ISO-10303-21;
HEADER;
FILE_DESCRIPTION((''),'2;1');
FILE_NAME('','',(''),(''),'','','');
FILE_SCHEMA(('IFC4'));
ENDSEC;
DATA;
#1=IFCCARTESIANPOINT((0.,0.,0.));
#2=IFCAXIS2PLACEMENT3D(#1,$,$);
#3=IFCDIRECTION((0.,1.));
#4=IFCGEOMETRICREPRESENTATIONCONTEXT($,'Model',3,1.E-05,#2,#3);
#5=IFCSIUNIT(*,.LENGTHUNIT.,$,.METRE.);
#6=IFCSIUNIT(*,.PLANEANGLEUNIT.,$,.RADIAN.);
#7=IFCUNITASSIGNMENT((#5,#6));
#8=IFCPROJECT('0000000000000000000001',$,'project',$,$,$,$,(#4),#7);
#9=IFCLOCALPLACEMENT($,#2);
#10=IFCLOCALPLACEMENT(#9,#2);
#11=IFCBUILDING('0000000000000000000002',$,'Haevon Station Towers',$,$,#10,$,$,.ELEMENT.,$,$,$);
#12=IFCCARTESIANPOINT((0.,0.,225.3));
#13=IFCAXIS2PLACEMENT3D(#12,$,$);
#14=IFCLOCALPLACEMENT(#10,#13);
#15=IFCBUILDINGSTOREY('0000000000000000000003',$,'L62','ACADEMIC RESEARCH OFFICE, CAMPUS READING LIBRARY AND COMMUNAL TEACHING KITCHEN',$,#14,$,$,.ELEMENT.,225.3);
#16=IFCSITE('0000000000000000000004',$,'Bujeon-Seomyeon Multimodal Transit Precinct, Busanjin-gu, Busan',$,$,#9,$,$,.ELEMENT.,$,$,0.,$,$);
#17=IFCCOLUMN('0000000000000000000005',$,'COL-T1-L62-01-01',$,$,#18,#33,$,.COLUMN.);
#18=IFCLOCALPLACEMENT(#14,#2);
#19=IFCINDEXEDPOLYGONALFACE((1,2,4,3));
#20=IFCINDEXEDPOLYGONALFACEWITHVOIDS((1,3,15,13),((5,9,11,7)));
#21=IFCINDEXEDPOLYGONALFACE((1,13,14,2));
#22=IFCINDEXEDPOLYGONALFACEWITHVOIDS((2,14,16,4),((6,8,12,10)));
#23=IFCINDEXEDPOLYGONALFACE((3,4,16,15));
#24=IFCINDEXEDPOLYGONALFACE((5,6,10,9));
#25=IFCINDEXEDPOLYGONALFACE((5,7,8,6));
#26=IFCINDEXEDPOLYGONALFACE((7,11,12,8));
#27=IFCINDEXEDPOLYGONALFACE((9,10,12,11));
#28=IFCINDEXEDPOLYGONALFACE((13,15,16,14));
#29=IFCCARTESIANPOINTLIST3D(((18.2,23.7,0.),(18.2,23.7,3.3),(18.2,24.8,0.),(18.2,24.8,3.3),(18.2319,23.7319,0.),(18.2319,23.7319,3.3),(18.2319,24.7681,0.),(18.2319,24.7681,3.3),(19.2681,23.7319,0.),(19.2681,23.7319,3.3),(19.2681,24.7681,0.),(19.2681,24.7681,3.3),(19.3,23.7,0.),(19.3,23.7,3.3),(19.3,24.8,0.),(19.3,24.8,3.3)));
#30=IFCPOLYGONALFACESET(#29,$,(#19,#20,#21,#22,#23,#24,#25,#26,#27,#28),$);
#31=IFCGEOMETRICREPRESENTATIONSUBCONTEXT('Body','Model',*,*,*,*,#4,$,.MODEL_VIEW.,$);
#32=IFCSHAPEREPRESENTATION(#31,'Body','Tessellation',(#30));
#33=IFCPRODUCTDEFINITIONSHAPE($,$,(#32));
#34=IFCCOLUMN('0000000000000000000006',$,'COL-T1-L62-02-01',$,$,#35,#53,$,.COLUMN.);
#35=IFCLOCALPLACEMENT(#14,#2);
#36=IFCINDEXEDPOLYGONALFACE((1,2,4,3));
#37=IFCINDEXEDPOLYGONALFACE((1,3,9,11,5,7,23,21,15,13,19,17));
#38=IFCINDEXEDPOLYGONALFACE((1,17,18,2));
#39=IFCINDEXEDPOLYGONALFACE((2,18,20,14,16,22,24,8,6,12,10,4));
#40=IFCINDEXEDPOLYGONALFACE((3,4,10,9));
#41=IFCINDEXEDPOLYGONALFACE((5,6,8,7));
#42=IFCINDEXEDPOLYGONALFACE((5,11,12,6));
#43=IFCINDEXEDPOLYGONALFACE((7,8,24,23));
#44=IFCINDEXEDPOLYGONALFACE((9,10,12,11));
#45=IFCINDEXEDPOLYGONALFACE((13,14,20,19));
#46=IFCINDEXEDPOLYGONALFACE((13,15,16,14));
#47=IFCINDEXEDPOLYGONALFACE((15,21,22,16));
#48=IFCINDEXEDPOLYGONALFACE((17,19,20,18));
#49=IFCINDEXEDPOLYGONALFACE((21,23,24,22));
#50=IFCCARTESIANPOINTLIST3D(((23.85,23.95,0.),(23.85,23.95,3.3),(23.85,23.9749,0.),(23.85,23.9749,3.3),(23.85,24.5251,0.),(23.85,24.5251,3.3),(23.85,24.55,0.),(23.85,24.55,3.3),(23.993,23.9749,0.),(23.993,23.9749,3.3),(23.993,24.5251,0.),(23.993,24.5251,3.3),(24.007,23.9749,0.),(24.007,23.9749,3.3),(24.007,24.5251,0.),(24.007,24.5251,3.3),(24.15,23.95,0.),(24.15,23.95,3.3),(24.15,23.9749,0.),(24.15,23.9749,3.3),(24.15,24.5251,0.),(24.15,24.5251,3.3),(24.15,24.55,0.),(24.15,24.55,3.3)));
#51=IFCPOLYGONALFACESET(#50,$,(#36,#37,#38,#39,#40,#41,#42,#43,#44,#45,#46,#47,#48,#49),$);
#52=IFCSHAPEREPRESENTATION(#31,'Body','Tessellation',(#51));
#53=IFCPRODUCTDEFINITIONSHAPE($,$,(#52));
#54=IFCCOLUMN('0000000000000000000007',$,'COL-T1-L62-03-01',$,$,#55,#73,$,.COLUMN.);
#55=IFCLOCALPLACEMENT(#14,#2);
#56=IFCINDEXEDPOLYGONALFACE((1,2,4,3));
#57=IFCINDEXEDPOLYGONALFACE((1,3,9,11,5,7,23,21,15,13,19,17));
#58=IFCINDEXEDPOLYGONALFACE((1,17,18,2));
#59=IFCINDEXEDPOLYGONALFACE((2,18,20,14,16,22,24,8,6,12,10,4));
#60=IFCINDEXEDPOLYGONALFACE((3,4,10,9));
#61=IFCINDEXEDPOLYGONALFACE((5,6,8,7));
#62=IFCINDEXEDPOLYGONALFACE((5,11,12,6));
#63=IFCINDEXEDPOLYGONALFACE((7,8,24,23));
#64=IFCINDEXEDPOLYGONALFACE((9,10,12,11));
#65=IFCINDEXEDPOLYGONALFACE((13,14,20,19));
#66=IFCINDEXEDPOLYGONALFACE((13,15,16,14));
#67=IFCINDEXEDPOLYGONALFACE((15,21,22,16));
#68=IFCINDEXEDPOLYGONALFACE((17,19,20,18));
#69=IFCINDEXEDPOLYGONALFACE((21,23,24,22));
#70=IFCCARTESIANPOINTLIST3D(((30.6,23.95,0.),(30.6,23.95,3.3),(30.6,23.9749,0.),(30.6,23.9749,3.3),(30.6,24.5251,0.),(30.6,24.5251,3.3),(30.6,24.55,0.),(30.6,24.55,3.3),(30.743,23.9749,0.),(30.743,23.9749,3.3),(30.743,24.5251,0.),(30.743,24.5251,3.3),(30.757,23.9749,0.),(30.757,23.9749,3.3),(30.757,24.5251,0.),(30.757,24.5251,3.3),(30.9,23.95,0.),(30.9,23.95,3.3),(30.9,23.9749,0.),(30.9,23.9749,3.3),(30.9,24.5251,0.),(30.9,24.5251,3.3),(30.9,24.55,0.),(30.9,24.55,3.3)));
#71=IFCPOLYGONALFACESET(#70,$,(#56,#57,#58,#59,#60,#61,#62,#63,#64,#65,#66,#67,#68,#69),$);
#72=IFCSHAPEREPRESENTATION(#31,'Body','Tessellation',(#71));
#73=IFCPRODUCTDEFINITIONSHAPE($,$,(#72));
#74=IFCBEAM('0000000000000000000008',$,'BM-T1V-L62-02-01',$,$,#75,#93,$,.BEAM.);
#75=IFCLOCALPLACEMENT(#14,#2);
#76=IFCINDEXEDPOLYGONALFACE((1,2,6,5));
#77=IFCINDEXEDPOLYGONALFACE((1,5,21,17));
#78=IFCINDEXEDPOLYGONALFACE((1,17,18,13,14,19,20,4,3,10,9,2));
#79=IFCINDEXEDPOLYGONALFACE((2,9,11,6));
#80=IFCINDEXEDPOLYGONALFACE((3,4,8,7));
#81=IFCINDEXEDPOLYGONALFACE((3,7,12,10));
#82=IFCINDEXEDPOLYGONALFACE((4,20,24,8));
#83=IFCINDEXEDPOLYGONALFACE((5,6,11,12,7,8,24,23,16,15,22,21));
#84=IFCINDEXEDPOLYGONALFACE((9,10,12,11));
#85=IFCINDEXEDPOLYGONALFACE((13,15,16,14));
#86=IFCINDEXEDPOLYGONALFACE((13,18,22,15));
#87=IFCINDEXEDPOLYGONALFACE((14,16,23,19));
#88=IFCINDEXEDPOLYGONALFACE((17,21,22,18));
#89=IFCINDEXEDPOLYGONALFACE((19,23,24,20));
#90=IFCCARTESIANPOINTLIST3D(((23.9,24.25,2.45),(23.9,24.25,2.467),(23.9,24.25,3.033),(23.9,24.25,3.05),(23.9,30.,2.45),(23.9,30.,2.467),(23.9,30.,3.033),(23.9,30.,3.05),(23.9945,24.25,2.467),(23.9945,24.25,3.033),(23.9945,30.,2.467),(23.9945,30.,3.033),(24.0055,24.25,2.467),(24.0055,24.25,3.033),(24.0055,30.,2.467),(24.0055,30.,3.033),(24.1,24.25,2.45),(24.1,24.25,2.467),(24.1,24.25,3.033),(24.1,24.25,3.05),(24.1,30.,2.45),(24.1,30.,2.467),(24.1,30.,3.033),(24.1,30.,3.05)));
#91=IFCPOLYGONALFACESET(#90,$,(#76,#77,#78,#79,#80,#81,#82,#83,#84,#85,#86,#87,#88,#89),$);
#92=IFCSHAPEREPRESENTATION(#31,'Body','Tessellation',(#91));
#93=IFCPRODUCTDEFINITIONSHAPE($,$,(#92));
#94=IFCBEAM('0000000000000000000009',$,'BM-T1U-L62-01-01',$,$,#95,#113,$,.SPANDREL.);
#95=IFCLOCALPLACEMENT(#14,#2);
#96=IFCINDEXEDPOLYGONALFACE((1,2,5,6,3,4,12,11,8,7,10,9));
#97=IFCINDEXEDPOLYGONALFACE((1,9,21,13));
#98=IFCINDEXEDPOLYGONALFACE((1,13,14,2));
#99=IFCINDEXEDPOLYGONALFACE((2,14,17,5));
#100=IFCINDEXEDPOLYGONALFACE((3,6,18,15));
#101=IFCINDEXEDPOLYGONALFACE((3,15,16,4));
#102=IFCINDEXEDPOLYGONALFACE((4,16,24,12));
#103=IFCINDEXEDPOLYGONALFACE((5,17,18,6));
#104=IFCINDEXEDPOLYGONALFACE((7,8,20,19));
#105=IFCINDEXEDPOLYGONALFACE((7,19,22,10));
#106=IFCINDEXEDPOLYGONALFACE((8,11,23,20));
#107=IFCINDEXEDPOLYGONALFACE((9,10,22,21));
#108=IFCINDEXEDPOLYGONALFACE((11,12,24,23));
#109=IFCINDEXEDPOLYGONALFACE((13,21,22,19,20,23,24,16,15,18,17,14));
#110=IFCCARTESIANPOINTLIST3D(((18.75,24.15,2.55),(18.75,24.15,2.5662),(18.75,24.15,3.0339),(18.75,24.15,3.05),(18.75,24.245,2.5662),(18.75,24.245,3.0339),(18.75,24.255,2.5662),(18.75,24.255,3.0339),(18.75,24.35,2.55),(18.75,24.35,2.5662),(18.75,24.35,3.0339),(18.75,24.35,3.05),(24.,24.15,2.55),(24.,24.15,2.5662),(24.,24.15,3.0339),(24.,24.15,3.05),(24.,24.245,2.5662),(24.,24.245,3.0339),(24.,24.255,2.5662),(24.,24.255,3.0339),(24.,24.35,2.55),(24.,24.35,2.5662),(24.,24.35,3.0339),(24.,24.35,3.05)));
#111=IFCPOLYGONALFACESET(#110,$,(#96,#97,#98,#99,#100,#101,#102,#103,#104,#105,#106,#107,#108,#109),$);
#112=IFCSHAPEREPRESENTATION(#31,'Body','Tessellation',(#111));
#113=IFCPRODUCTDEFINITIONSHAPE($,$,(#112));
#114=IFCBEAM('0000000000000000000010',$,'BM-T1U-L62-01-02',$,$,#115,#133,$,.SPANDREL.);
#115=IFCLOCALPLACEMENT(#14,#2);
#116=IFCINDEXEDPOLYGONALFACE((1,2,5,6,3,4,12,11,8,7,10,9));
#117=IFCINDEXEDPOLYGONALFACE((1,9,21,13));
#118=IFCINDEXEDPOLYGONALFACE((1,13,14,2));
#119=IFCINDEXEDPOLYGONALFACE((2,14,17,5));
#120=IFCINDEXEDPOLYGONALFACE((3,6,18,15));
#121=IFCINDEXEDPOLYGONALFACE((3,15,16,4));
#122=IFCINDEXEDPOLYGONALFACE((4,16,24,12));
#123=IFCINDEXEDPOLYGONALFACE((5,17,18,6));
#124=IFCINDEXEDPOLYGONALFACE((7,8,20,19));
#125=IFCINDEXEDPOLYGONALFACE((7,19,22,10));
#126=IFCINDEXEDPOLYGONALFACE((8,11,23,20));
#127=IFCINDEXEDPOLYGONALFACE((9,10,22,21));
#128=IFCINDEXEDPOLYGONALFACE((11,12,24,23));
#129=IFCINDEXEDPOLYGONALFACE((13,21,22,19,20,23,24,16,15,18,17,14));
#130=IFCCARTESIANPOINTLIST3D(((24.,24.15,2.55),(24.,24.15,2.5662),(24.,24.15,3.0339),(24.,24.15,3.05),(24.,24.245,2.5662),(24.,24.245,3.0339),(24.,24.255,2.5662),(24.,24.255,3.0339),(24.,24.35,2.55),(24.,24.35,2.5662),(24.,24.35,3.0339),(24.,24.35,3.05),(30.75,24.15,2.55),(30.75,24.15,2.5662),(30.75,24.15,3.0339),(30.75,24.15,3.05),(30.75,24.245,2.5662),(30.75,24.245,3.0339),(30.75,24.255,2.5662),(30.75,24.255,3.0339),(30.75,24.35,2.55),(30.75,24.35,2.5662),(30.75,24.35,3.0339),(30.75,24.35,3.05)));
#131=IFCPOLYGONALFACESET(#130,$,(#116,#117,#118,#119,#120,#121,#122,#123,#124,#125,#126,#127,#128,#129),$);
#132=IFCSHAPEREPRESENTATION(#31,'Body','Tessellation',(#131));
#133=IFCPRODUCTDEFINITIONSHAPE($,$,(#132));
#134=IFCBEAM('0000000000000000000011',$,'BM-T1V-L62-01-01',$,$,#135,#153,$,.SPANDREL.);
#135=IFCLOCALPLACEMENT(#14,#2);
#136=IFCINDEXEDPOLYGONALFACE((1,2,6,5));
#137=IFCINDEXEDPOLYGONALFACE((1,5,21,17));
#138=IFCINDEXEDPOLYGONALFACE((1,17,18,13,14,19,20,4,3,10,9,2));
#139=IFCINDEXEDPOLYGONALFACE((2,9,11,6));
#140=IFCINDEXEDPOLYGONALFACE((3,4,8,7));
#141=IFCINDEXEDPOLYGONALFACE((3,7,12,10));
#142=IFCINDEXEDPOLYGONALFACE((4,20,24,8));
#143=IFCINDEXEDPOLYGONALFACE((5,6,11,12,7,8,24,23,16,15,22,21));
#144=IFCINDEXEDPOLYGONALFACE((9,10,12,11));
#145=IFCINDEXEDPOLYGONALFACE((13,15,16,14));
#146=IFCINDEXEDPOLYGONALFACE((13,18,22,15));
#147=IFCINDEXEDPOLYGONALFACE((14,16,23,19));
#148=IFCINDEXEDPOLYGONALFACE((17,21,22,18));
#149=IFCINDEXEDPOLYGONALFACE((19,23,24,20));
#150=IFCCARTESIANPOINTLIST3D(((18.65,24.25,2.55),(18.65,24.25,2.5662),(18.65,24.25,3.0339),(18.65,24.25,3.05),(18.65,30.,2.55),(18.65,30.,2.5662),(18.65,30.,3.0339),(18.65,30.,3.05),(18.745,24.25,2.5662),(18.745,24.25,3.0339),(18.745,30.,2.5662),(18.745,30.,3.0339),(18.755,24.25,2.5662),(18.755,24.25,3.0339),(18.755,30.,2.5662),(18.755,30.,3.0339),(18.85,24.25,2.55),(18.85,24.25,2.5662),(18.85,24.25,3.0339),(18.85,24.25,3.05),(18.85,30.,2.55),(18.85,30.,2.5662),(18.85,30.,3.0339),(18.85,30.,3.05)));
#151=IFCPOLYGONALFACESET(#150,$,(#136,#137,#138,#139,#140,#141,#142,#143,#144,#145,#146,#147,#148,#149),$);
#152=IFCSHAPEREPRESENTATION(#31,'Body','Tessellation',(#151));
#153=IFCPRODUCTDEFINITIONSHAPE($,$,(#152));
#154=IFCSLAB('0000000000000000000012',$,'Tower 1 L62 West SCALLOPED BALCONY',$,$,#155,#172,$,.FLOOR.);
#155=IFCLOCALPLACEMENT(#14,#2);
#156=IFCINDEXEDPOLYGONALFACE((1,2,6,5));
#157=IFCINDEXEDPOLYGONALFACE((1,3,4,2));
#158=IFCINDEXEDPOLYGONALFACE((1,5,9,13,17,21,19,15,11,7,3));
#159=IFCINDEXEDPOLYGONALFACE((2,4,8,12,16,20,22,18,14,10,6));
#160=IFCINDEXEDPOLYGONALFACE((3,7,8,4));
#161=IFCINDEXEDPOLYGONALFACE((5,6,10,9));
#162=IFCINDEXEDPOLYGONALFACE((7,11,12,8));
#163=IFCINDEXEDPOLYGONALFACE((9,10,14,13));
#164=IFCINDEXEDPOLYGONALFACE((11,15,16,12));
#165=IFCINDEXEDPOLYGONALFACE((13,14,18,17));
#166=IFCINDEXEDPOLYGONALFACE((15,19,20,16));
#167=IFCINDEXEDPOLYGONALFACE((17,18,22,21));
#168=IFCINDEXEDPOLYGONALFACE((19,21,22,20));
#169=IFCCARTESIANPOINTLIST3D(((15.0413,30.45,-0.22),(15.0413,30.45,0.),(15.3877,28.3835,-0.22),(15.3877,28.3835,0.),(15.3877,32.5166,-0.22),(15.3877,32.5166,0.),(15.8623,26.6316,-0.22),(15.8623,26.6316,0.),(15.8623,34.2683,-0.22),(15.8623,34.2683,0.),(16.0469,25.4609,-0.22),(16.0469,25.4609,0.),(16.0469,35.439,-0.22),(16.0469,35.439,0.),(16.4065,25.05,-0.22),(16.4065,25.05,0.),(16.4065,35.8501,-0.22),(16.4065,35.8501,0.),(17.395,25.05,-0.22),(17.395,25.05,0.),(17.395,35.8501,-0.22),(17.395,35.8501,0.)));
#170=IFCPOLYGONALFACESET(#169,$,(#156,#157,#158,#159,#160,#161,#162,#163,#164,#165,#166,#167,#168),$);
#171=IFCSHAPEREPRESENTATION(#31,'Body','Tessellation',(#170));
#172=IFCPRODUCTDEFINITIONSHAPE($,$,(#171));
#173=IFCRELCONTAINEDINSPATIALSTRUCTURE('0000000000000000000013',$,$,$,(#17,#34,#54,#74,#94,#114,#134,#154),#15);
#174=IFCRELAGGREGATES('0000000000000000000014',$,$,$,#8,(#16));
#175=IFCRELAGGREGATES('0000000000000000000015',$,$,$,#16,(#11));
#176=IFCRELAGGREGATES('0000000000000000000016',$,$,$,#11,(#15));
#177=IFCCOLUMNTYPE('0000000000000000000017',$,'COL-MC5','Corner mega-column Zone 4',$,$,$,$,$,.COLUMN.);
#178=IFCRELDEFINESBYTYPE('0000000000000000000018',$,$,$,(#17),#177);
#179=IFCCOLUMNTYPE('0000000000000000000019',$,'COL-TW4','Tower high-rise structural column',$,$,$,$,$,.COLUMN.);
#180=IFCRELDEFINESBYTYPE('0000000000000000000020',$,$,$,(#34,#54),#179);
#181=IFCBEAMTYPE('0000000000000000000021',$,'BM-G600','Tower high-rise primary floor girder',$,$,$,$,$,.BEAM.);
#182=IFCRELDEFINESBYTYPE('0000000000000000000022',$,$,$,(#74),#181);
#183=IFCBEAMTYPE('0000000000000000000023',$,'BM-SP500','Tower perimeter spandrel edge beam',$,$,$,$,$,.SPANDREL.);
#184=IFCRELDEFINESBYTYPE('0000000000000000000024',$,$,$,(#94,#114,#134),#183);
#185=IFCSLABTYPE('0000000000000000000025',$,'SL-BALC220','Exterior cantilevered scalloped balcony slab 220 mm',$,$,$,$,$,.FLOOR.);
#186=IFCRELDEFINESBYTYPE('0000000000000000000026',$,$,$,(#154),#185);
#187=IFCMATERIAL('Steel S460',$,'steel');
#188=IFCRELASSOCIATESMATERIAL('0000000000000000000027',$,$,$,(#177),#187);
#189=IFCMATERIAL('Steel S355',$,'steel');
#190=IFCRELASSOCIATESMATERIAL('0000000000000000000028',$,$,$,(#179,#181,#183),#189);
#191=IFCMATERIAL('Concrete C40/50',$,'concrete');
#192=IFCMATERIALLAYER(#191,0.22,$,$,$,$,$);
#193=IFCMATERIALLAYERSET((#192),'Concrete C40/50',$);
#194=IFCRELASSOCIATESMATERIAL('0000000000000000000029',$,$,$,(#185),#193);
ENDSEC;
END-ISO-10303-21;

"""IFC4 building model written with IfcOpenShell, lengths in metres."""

from ifc_helpers import new_model, si_unit, direction, frame, origin, origin_2d, place, context, subcontext, project, spatial, polyline, hollow_rectangle, i_section, outline, extrude, material, layer, layer_set, material_profile, profile_set, type_object, element, save


model = new_model("IFC4")

# Units and contexts
model_context = context("Model", 3, precision=1e-05, world=origin(), true_north=direction((0.0, 1.0)))
body_context = subcontext(model_context, "Body", "Model", "MODEL_VIEW")
ifc_project = project(units=[si_unit("LENGTHUNIT", "METRE"), si_unit("PLANEANGLEUNIT", "RADIAN")], contexts=[model_context])

# Site, building, storey
site_placement = place(None, origin())
site = spatial("IfcSite", under=ifc_project, at=site_placement, Name="Bujeon-Seomyeon Multimodal Transit Precinct, Busanjin-gu, Busan", CompositionType="ELEMENT", RefElevation=0.0)
building_placement = place(site_placement, origin())
building = spatial("IfcBuilding", under=site, at=building_placement, Name="Haevon Station Towers", CompositionType="ELEMENT")
storey_placement = place(building_placement, frame((0.0, 0.0, 225.3)))
storey = spatial("IfcBuildingStorey", under=building, at=storey_placement, Name="L62", Description="ACADEMIC RESEARCH OFFICE, CAMPUS READING LIBRARY AND COMMUNAL TEACHING KITCHEN", CompositionType="ELEMENT", Elevation=225.3)

# Columns
ifc_material_1 = material(Name="Steel S460", Category="steel")
ifc_material_profile_1 = material_profile(ifc_material_1, hollow_rectangle(XDim=1.1001, YDim=1.1001, WallThickness=0.032, at=origin_2d()), Name="BOX-1100x1100x32")
ifc_profile_set_1 = profile_set([ifc_material_profile_1], Name="Steel S460")
column_type_1 = type_object("IfcColumnType", Name="COL-MC5", Description="Corner mega-column Zone 4", PredefinedType="COLUMN", material=ifc_profile_set_1)
column_placement = place(storey_placement, frame((18.75, 24.25, 0.0), z_axis=(0.0, 0.0, 1.0), x_axis=(1.0, 0.0, 0.0)))
element("IfcColumn", 1, at=column_placement, inside=storey, type_object=column_type_1, Name="COL-T1-L62-01-01", PredefinedType="COLUMN", context=body_context, shape_type="SweptSolid", body=[
    extrude(hollow_rectangle(XDim=1.1001, YDim=1.1001, WallThickness=0.032, at=origin_2d()), origin(), (0.0, 0.0, 1.0), 3.3),
])
ifc_material_2 = material(Name="Steel S355", Category="steel")
ifc_material_profile_2 = material_profile(ifc_material_2, i_section(OverallWidth=0.3, OverallDepth=0.6001, WebThickness=0.0139, FlangeThickness=0.0249, at=origin_2d()), Name="H-600x300x14x25")
ifc_profile_set_2 = profile_set([ifc_material_profile_2], Name="Steel S355")
column_type_2 = type_object("IfcColumnType", Name="COL-TW4", Description="Tower high-rise structural column", PredefinedType="COLUMN", material=ifc_profile_set_2)
for number, where, z_axis, x_axis, name in (
    (2, (24.0, 24.25, 0.0), (0.0, 0.0, 1.0), (1.0, 0.0, 0.0), "COL-T1-L62-02-01"),
    (3, (30.75, 24.25, 0.0), (0.0, 0.0, 1.0), (1.0, 0.0, 0.0), "COL-T1-L62-03-01"),
):
    element("IfcColumn", number, at=place(storey_placement, frame(where, z_axis=z_axis, x_axis=x_axis)), inside=storey, type_object=column_type_2, Name=name, PredefinedType="COLUMN", context=body_context, shape_type="SweptSolid", body=[
        extrude(i_section(OverallWidth=0.3, OverallDepth=0.6001, WebThickness=0.0139, FlangeThickness=0.0249, at=origin_2d()), origin(), (0.0, 0.0, 1.0), 3.3),
    ])

# Beams
ifc_material_profile_3 = material_profile(ifc_material_2, i_section(OverallWidth=0.2, OverallDepth=0.6001, WebThickness=0.011, FlangeThickness=0.0171, at=origin_2d()), Name="H-600x200x11x17")
ifc_profile_set_3 = profile_set([ifc_material_profile_3], Name="Steel S355")
beam_type_1 = type_object("IfcBeamType", Name="BM-G600", Description="Tower high-rise primary floor girder", PredefinedType="BEAM", material=ifc_profile_set_3)
beam_1_placement = place(storey_placement, frame((24.0, 24.25, 2.75), z_axis=(0.0, 1.0, 0.0), x_axis=(-1.0, 0.0, 0.0)))
element("IfcBeam", 4, at=beam_1_placement, inside=storey, type_object=beam_type_1, Name="BM-T1V-L62-02-01", PredefinedType="BEAM", context=body_context, shape_type="SweptSolid", body=[
    extrude(i_section(OverallWidth=0.2, OverallDepth=0.6001, WebThickness=0.011, FlangeThickness=0.0171, at=origin_2d()), origin(), (0.0, 0.0, 1.0), 5.75),
])
ifc_material_profile_4 = material_profile(ifc_material_2, i_section(OverallWidth=0.2, OverallDepth=0.5, WebThickness=0.01, FlangeThickness=0.0161, at=origin_2d()), Name="H-500x200x10x16")
ifc_profile_set_4 = profile_set([ifc_material_profile_4], Name="Steel S355")
beam_type_2 = type_object("IfcBeamType", Name="BM-SP500", Description="Tower perimeter spandrel edge beam", PredefinedType="SPANDREL", material=ifc_profile_set_4)
beam_2_placement = place(storey_placement, frame((18.75, 24.25, 2.8), z_axis=(1.0, 0.0, 0.0), x_axis=(0.0, 1.0, 0.0)))
element("IfcBeam", 5, at=beam_2_placement, inside=storey, type_object=beam_type_2, Name="BM-T1U-L62-01-01", PredefinedType="SPANDREL", context=body_context, shape_type="SweptSolid", body=[
    extrude(i_section(OverallWidth=0.2, OverallDepth=0.5, WebThickness=0.01, FlangeThickness=0.0161, at=origin_2d()), origin(), (0.0, 0.0, 1.0), 5.25),
])
beam_3_placement = place(storey_placement, frame((24.0, 24.25, 2.8), z_axis=(1.0, 0.0, 0.0), x_axis=(0.0, 1.0, 0.0)))
element("IfcBeam", 6, at=beam_3_placement, inside=storey, type_object=beam_type_2, Name="BM-T1U-L62-01-02", PredefinedType="SPANDREL", context=body_context, shape_type="SweptSolid", body=[
    extrude(i_section(OverallWidth=0.2, OverallDepth=0.5, WebThickness=0.01, FlangeThickness=0.0161, at=origin_2d()), origin(), (0.0, 0.0, 1.0), 6.75),
])
beam_4_placement = place(storey_placement, frame((18.75, 24.25, 2.8), z_axis=(0.0, 1.0, 0.0), x_axis=(-1.0, 0.0, 0.0)))
element("IfcBeam", 7, at=beam_4_placement, inside=storey, type_object=beam_type_2, Name="BM-T1V-L62-01-01", PredefinedType="SPANDREL", context=body_context, shape_type="SweptSolid", body=[
    extrude(i_section(OverallWidth=0.2, OverallDepth=0.5, WebThickness=0.01, FlangeThickness=0.0161, at=origin_2d()), origin(), (0.0, 0.0, 1.0), 5.75),
])

# Slab
ifc_material_3 = material(Name="Concrete C40/50", Category="concrete")
ifc_layer_1 = layer(ifc_material_3, 0.22)
ifc_layer_set_1 = layer_set([ifc_layer_1], Name="Concrete C40/50")
slab_type_1 = type_object("IfcSlabType", Name="SL-BALC220", Description="Exterior cantilevered scalloped balcony slab 220 mm", PredefinedType="FLOOR", material=ifc_layer_set_1)
slab_1_placement = place(storey_placement, frame((0.0, 0.0, -0.22)))
element("IfcSlab", 8, at=slab_1_placement, inside=storey, type_object=slab_type_1, Name="Tower 1 L62 West SCALLOPED BALCONY", PredefinedType="FLOOR", context=body_context, shape_type="SweptSolid", body=[
    extrude(outline(polyline([(17.395, 35.8501), (16.4065, 35.8501), (16.0469, 35.439), (15.8623, 34.2683), (15.3877, 32.5166), (15.0413, 30.45), (15.3877, 28.3835), (15.8623, 26.6316), (16.0469, 25.4609), (16.4065, 25.05), (17.395, 25.05), (17.395, 35.8501)])), origin(), (0.0, 0.0, 1.0), 0.22),
])

save(model, "model.ifc")
